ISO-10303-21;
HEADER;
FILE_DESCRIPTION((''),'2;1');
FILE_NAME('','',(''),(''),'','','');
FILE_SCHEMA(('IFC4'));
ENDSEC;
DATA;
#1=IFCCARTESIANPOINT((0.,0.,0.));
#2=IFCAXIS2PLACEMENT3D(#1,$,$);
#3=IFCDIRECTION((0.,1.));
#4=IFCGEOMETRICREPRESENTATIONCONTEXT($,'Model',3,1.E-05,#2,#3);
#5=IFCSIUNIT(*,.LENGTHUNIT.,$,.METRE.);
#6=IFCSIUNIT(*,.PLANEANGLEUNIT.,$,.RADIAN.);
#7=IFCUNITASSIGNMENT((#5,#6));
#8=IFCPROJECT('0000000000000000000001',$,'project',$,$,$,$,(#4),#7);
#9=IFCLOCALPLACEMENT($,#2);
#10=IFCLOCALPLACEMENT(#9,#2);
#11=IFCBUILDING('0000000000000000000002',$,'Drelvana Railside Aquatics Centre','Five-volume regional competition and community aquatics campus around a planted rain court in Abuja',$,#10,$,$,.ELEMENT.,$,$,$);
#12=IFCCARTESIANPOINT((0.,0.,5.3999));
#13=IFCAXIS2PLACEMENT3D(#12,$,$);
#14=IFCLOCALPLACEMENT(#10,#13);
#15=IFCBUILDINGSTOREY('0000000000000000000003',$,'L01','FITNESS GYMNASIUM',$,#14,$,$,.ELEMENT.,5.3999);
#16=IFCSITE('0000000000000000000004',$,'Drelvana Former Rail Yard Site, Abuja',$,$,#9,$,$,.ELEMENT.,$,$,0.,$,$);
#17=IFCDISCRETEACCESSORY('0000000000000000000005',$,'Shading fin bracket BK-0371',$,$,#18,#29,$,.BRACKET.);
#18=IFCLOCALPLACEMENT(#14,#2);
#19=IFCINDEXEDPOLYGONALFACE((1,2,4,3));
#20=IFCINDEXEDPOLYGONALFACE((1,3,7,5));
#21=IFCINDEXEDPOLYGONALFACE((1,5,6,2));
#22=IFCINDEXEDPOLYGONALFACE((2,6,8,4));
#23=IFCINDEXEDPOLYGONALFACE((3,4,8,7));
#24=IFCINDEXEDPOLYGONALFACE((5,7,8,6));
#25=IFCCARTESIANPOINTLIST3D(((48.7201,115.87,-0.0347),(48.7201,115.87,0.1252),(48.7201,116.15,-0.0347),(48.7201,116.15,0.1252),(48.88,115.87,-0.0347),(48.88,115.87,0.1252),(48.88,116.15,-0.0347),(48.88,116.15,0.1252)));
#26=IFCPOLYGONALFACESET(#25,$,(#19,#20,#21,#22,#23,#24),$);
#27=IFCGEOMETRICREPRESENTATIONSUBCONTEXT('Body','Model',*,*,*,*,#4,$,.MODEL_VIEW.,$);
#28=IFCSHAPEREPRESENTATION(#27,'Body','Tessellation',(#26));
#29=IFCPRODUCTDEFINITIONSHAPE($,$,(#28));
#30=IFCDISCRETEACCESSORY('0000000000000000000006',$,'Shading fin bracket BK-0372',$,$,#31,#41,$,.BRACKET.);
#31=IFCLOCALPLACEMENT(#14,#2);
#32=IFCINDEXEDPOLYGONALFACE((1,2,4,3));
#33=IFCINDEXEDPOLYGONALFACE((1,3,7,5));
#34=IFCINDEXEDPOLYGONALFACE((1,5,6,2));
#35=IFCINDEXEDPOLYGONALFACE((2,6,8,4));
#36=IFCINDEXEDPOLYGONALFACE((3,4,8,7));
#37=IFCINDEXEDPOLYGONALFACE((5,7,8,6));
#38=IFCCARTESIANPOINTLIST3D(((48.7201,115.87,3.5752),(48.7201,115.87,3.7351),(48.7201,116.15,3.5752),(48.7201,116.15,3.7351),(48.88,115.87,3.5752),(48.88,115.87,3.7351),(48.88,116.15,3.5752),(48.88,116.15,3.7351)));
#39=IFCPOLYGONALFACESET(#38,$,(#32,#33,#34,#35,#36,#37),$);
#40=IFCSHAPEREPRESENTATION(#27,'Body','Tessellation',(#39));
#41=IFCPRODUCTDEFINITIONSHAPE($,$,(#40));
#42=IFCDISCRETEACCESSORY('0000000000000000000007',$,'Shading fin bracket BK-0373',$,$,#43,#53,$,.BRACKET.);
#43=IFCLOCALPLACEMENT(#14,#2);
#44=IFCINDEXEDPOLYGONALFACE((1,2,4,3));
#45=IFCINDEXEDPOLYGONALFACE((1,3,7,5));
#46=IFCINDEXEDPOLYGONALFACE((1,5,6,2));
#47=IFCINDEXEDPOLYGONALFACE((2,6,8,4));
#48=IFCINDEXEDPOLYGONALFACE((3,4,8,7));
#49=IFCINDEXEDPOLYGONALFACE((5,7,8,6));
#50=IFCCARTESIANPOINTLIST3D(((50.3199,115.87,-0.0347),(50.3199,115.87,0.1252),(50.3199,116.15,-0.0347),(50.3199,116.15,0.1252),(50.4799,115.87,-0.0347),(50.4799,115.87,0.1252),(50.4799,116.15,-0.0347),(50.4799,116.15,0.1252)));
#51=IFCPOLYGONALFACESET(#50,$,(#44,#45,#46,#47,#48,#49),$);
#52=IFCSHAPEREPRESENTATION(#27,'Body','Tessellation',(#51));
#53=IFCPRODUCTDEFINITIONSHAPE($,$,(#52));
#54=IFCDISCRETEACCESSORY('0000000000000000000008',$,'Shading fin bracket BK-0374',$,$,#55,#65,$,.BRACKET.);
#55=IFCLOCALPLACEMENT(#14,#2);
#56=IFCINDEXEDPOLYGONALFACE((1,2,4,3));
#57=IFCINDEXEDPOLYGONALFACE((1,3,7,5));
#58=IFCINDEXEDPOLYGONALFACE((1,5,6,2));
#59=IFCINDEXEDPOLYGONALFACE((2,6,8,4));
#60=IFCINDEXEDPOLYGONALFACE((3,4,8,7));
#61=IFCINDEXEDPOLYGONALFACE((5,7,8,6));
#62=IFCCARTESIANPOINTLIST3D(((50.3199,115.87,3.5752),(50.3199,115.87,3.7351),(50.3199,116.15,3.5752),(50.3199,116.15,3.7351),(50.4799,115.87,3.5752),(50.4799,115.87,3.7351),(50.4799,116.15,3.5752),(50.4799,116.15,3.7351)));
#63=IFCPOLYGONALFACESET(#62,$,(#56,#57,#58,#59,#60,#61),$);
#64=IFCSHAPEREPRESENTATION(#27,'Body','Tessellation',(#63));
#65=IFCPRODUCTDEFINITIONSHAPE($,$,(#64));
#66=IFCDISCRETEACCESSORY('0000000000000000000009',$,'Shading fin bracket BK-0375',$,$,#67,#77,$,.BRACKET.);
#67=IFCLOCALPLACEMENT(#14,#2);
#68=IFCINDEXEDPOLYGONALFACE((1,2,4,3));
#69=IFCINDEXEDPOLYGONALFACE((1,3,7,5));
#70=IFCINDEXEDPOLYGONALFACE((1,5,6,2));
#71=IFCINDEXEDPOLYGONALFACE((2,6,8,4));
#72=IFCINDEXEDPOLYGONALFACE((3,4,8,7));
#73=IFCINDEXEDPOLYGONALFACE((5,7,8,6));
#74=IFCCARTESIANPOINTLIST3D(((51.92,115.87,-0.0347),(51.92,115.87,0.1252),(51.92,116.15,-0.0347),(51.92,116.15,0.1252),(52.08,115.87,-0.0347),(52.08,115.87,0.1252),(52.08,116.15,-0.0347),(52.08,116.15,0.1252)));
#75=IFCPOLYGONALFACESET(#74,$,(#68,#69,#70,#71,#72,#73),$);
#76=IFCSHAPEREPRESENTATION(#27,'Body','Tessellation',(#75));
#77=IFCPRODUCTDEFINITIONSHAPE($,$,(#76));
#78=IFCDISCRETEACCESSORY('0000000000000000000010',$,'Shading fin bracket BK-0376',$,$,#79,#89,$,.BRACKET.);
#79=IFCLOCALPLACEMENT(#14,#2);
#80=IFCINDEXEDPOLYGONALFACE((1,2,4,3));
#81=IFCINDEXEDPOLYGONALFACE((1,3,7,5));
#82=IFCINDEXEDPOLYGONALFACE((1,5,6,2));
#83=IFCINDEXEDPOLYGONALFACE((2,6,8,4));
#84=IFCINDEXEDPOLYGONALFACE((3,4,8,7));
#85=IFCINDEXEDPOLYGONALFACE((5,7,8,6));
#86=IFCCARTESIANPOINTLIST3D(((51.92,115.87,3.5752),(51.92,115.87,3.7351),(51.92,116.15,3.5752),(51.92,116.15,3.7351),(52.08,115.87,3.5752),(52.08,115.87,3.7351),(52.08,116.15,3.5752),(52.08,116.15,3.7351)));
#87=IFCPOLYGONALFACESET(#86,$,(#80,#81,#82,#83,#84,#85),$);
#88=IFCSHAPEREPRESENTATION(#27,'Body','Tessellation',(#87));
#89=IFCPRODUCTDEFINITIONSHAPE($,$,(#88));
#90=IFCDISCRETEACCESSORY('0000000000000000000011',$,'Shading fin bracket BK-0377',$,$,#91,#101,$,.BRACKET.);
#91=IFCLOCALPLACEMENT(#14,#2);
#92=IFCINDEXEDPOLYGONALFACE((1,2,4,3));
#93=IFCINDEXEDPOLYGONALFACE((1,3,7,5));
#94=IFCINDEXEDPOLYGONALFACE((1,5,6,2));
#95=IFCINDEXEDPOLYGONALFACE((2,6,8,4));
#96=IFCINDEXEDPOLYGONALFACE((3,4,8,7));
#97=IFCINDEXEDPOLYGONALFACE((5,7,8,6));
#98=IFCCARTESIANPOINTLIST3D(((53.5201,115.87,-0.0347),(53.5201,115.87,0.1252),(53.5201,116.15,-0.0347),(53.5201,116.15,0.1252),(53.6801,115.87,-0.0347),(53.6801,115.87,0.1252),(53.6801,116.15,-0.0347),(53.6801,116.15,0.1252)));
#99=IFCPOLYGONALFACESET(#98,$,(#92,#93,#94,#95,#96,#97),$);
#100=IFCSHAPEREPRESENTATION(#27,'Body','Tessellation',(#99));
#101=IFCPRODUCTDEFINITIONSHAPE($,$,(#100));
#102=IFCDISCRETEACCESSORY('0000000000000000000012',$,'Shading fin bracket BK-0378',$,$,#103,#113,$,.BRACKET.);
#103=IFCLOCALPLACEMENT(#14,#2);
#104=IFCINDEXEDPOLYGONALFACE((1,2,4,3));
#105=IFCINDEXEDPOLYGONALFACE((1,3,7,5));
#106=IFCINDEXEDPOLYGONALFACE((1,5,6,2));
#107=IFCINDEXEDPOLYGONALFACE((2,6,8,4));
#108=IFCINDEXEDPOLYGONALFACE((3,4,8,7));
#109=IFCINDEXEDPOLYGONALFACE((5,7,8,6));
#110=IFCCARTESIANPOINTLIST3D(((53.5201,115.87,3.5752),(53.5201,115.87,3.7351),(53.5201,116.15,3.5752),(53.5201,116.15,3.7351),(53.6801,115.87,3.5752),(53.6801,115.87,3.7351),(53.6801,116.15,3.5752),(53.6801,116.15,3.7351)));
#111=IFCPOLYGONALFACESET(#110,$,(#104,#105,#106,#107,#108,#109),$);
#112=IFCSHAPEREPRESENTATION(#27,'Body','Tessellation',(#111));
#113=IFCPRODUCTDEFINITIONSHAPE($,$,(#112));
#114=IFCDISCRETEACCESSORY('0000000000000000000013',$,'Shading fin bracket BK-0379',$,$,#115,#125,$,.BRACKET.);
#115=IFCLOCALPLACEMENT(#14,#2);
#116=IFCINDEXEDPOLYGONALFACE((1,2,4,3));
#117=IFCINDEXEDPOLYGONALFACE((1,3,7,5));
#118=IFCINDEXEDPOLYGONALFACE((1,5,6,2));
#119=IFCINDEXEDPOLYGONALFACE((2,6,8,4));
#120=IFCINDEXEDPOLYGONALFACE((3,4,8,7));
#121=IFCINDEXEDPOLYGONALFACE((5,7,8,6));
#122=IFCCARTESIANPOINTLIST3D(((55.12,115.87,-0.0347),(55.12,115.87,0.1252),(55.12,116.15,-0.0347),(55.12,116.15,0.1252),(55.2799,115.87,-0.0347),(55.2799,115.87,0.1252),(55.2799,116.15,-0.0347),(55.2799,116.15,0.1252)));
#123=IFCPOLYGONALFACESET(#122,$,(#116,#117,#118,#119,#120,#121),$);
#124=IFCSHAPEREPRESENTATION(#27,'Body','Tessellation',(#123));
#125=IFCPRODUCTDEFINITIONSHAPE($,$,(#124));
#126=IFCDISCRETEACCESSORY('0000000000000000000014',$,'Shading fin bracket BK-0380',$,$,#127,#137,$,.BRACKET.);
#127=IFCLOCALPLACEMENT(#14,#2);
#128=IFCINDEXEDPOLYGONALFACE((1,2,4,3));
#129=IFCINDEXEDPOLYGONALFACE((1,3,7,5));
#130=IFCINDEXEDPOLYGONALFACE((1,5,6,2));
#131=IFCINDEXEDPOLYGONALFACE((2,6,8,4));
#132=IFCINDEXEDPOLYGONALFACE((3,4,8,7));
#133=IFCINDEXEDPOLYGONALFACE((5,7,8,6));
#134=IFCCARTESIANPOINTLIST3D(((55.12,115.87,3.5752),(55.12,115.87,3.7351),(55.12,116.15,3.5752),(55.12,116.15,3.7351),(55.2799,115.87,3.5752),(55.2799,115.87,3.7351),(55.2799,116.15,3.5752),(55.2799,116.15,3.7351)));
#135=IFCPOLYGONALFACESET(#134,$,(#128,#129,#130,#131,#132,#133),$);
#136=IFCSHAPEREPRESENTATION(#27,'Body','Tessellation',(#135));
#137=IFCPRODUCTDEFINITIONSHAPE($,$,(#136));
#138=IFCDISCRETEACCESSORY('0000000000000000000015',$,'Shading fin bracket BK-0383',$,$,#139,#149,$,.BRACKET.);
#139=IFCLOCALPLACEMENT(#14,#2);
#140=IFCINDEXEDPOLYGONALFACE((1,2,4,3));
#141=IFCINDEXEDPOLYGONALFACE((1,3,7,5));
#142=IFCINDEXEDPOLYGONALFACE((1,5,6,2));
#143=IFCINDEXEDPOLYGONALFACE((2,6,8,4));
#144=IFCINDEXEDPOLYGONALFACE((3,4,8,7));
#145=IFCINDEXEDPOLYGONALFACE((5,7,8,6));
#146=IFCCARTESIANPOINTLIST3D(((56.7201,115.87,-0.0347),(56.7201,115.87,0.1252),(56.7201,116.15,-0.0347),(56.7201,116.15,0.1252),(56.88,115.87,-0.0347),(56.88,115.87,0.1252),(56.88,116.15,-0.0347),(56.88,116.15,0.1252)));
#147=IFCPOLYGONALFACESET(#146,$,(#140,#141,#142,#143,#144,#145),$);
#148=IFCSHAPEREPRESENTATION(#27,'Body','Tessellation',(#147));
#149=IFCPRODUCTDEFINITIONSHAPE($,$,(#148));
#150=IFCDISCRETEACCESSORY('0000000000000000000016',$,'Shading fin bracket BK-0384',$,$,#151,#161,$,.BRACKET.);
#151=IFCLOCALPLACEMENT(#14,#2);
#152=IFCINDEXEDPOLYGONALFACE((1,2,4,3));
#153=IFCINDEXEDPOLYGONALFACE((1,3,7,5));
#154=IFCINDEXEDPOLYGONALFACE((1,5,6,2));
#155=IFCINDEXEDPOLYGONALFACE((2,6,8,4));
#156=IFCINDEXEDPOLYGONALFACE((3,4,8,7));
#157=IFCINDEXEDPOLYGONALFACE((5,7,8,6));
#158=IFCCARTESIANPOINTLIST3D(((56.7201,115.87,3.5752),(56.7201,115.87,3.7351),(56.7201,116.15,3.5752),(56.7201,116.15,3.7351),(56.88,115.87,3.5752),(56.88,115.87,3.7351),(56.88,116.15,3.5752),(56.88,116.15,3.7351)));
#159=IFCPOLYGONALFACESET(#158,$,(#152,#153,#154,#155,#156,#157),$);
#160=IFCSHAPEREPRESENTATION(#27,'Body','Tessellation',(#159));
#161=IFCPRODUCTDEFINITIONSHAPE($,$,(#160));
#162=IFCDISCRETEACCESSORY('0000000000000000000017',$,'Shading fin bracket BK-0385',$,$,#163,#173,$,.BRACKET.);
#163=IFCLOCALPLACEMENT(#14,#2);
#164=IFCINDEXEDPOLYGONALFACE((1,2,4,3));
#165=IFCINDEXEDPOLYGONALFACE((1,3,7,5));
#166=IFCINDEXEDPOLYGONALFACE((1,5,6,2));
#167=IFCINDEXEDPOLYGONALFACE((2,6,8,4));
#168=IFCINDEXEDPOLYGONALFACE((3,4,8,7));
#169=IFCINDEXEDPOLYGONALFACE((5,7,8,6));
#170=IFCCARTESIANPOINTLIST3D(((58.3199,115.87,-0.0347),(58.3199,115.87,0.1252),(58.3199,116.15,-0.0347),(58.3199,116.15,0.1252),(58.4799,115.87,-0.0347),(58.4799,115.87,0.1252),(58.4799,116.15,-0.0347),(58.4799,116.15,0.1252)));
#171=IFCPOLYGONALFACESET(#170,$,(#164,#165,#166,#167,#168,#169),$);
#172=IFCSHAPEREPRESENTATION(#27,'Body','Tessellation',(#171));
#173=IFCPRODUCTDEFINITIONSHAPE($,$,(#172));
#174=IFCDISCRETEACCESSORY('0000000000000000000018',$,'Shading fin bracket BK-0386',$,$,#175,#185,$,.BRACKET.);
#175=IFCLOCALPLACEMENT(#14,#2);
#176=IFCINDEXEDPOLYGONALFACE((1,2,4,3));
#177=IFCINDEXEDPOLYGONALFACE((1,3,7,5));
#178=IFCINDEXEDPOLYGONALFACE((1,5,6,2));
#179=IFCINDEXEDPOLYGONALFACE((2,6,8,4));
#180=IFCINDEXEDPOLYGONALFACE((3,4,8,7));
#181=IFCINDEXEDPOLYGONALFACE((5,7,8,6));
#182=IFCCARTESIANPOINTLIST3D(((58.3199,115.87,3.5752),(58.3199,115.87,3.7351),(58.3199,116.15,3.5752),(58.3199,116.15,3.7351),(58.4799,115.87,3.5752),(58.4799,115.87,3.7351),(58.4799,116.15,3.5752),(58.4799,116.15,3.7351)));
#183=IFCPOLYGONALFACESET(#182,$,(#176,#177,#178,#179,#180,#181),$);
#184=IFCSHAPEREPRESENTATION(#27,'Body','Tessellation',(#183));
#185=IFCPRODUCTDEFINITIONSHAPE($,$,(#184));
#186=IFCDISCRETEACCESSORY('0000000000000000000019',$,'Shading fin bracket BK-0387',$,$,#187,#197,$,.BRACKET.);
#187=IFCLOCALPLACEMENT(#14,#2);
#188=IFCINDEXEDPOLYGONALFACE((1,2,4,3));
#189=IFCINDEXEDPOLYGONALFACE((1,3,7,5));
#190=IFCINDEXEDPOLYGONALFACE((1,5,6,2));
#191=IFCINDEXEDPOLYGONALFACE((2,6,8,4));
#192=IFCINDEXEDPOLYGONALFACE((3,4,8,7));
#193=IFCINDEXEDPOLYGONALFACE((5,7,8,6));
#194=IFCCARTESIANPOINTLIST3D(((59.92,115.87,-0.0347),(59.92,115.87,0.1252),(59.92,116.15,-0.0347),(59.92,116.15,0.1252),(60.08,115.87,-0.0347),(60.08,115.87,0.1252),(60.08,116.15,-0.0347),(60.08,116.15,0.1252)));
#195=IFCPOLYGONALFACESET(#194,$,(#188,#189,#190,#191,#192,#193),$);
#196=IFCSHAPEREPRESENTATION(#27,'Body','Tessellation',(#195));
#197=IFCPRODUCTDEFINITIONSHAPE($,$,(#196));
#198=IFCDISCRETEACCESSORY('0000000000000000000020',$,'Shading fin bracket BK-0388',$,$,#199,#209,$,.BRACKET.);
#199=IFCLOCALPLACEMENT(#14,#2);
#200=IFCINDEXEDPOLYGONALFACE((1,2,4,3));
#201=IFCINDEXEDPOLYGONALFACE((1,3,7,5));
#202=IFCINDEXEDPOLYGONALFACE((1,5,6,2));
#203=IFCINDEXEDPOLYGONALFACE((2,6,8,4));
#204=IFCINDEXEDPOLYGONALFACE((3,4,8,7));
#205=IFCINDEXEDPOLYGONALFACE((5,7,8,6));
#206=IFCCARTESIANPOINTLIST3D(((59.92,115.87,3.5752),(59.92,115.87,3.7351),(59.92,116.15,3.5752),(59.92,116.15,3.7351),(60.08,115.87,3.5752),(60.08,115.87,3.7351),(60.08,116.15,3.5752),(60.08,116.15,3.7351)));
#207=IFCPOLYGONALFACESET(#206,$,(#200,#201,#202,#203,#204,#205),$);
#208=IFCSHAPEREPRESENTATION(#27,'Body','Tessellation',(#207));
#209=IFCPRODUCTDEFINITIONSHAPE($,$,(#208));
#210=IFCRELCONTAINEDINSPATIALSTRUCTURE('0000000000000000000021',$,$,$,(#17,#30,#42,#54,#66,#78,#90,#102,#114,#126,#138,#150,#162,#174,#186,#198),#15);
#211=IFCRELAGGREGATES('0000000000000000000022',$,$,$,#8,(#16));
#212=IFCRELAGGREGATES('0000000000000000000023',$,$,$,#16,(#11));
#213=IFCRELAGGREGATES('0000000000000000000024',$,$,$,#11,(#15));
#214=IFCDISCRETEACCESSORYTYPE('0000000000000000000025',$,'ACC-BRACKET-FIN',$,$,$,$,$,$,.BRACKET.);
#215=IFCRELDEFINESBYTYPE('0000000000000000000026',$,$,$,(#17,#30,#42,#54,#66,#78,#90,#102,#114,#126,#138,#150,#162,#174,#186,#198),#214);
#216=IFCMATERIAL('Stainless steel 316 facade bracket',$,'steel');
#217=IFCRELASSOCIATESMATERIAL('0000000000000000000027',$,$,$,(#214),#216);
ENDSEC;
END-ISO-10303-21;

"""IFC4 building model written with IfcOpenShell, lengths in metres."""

from ifc_helpers import new_model, si_unit, direction, frame, origin, origin_2d, place, context, subcontext, project, spatial, rectangle, extrude, material, type_object, element, save


model = new_model("IFC4")

# Units and contexts
model_context = context("Model", 3, precision=1e-05, world=origin(), true_north=direction((0.0, 1.0)))
body_context = subcontext(model_context, "Body", "Model", "MODEL_VIEW")
ifc_project = project(units=[si_unit("LENGTHUNIT", "METRE"), si_unit("PLANEANGLEUNIT", "RADIAN")], contexts=[model_context])

# Site, building, storey
site_placement = place(None, origin())
site = spatial("IfcSite", under=ifc_project, at=site_placement, Name="Drelvana Former Rail Yard Site, Abuja", CompositionType="ELEMENT", RefElevation=0.0)
building_placement = place(site_placement, origin())
building = spatial("IfcBuilding", under=site, at=building_placement, Name="Drelvana Railside Aquatics Centre", Description="Five-volume regional competition and community aquatics campus around a planted rain court in Abuja", CompositionType="ELEMENT")
storey_placement = place(building_placement, frame((0.0, 0.0, 5.3999)))
storey = spatial("IfcBuildingStorey", under=building, at=storey_placement, Name="L01", Description="FITNESS GYMNASIUM", CompositionType="ELEMENT", Elevation=5.3999)

# Discrete accessories
ifc_material_1 = material(Name="Stainless steel 316 facade bracket", Category="steel")
discrete_accessory_type = type_object("IfcDiscreteAccessoryType", Name="ACC-BRACKET-FIN", PredefinedType="BRACKET", material=ifc_material_1)
for number, where, z_axis, x_axis, name in (
    (1, (48.8, 116.01, -0.0347), (0.0, 0.0, 1.0), (0.0, 1.0, 0.0), "Shading fin bracket BK-0371"),
    (2, (48.8, 116.01, 3.5752), (0.0, 0.0, 1.0), (0.0, 1.0, 0.0), "Shading fin bracket BK-0372"),
    (3, (50.3999, 116.01, -0.0347), (0.0, 0.0, 1.0), (0.0, 1.0, 0.0), "Shading fin bracket BK-0373"),
    (4, (50.3999, 116.01, 3.5752), (0.0, 0.0, 1.0), (0.0, 1.0, 0.0), "Shading fin bracket BK-0374"),
    (5, (52.0, 116.01, -0.0347), (0.0, 0.0, 1.0), (0.0, 1.0, 0.0), "Shading fin bracket BK-0375"),
    (6, (52.0, 116.01, 3.5752), (0.0, 0.0, 1.0), (0.0, 1.0, 0.0), "Shading fin bracket BK-0376"),
    (7, (53.6001, 116.01, -0.0347), (0.0, 0.0, 1.0), (0.0, 1.0, 0.0), "Shading fin bracket BK-0377"),
    (8, (53.6001, 116.01, 3.5752), (0.0, 0.0, 1.0), (0.0, 1.0, 0.0), "Shading fin bracket BK-0378"),
    (9, (55.2, 116.01, -0.0347), (0.0, 0.0, 1.0), (0.0, 1.0, 0.0), "Shading fin bracket BK-0379"),
    (10, (55.2, 116.01, 3.5752), (0.0, 0.0, 1.0), (0.0, 1.0, 0.0), "Shading fin bracket BK-0380"),
    (11, (56.8, 116.01, -0.0347), (0.0, 0.0, 1.0), (0.0, 1.0, 0.0), "Shading fin bracket BK-0383"),
    (12, (56.8, 116.01, 3.5752), (0.0, 0.0, 1.0), (0.0, 1.0, 0.0), "Shading fin bracket BK-0384"),
    (13, (58.3999, 116.01, -0.0347), (0.0, 0.0, 1.0), (0.0, 1.0, 0.0), "Shading fin bracket BK-0385"),
    (14, (58.3999, 116.01, 3.5752), (0.0, 0.0, 1.0), (0.0, 1.0, 0.0), "Shading fin bracket BK-0386"),
    (15, (60.0, 116.01, -0.0347), (0.0, 0.0, 1.0), (0.0, 1.0, 0.0), "Shading fin bracket BK-0387"),
    (16, (60.0, 116.01, 3.5752), (0.0, 0.0, 1.0), (0.0, 1.0, 0.0), "Shading fin bracket BK-0388"),
):
    element("IfcDiscreteAccessory", number, at=place(storey_placement, frame(where, z_axis=z_axis, x_axis=x_axis)), inside=storey, type_object=discrete_accessory_type, Name=name, PredefinedType="BRACKET", context=body_context, shape_type="SweptSolid", body=[
        extrude(rectangle(XDim=0.28, YDim=0.1599, at=origin_2d()), origin(), (0.0, 0.0, 1.0), 0.1599),
    ])

save(model, "model.ifc")
